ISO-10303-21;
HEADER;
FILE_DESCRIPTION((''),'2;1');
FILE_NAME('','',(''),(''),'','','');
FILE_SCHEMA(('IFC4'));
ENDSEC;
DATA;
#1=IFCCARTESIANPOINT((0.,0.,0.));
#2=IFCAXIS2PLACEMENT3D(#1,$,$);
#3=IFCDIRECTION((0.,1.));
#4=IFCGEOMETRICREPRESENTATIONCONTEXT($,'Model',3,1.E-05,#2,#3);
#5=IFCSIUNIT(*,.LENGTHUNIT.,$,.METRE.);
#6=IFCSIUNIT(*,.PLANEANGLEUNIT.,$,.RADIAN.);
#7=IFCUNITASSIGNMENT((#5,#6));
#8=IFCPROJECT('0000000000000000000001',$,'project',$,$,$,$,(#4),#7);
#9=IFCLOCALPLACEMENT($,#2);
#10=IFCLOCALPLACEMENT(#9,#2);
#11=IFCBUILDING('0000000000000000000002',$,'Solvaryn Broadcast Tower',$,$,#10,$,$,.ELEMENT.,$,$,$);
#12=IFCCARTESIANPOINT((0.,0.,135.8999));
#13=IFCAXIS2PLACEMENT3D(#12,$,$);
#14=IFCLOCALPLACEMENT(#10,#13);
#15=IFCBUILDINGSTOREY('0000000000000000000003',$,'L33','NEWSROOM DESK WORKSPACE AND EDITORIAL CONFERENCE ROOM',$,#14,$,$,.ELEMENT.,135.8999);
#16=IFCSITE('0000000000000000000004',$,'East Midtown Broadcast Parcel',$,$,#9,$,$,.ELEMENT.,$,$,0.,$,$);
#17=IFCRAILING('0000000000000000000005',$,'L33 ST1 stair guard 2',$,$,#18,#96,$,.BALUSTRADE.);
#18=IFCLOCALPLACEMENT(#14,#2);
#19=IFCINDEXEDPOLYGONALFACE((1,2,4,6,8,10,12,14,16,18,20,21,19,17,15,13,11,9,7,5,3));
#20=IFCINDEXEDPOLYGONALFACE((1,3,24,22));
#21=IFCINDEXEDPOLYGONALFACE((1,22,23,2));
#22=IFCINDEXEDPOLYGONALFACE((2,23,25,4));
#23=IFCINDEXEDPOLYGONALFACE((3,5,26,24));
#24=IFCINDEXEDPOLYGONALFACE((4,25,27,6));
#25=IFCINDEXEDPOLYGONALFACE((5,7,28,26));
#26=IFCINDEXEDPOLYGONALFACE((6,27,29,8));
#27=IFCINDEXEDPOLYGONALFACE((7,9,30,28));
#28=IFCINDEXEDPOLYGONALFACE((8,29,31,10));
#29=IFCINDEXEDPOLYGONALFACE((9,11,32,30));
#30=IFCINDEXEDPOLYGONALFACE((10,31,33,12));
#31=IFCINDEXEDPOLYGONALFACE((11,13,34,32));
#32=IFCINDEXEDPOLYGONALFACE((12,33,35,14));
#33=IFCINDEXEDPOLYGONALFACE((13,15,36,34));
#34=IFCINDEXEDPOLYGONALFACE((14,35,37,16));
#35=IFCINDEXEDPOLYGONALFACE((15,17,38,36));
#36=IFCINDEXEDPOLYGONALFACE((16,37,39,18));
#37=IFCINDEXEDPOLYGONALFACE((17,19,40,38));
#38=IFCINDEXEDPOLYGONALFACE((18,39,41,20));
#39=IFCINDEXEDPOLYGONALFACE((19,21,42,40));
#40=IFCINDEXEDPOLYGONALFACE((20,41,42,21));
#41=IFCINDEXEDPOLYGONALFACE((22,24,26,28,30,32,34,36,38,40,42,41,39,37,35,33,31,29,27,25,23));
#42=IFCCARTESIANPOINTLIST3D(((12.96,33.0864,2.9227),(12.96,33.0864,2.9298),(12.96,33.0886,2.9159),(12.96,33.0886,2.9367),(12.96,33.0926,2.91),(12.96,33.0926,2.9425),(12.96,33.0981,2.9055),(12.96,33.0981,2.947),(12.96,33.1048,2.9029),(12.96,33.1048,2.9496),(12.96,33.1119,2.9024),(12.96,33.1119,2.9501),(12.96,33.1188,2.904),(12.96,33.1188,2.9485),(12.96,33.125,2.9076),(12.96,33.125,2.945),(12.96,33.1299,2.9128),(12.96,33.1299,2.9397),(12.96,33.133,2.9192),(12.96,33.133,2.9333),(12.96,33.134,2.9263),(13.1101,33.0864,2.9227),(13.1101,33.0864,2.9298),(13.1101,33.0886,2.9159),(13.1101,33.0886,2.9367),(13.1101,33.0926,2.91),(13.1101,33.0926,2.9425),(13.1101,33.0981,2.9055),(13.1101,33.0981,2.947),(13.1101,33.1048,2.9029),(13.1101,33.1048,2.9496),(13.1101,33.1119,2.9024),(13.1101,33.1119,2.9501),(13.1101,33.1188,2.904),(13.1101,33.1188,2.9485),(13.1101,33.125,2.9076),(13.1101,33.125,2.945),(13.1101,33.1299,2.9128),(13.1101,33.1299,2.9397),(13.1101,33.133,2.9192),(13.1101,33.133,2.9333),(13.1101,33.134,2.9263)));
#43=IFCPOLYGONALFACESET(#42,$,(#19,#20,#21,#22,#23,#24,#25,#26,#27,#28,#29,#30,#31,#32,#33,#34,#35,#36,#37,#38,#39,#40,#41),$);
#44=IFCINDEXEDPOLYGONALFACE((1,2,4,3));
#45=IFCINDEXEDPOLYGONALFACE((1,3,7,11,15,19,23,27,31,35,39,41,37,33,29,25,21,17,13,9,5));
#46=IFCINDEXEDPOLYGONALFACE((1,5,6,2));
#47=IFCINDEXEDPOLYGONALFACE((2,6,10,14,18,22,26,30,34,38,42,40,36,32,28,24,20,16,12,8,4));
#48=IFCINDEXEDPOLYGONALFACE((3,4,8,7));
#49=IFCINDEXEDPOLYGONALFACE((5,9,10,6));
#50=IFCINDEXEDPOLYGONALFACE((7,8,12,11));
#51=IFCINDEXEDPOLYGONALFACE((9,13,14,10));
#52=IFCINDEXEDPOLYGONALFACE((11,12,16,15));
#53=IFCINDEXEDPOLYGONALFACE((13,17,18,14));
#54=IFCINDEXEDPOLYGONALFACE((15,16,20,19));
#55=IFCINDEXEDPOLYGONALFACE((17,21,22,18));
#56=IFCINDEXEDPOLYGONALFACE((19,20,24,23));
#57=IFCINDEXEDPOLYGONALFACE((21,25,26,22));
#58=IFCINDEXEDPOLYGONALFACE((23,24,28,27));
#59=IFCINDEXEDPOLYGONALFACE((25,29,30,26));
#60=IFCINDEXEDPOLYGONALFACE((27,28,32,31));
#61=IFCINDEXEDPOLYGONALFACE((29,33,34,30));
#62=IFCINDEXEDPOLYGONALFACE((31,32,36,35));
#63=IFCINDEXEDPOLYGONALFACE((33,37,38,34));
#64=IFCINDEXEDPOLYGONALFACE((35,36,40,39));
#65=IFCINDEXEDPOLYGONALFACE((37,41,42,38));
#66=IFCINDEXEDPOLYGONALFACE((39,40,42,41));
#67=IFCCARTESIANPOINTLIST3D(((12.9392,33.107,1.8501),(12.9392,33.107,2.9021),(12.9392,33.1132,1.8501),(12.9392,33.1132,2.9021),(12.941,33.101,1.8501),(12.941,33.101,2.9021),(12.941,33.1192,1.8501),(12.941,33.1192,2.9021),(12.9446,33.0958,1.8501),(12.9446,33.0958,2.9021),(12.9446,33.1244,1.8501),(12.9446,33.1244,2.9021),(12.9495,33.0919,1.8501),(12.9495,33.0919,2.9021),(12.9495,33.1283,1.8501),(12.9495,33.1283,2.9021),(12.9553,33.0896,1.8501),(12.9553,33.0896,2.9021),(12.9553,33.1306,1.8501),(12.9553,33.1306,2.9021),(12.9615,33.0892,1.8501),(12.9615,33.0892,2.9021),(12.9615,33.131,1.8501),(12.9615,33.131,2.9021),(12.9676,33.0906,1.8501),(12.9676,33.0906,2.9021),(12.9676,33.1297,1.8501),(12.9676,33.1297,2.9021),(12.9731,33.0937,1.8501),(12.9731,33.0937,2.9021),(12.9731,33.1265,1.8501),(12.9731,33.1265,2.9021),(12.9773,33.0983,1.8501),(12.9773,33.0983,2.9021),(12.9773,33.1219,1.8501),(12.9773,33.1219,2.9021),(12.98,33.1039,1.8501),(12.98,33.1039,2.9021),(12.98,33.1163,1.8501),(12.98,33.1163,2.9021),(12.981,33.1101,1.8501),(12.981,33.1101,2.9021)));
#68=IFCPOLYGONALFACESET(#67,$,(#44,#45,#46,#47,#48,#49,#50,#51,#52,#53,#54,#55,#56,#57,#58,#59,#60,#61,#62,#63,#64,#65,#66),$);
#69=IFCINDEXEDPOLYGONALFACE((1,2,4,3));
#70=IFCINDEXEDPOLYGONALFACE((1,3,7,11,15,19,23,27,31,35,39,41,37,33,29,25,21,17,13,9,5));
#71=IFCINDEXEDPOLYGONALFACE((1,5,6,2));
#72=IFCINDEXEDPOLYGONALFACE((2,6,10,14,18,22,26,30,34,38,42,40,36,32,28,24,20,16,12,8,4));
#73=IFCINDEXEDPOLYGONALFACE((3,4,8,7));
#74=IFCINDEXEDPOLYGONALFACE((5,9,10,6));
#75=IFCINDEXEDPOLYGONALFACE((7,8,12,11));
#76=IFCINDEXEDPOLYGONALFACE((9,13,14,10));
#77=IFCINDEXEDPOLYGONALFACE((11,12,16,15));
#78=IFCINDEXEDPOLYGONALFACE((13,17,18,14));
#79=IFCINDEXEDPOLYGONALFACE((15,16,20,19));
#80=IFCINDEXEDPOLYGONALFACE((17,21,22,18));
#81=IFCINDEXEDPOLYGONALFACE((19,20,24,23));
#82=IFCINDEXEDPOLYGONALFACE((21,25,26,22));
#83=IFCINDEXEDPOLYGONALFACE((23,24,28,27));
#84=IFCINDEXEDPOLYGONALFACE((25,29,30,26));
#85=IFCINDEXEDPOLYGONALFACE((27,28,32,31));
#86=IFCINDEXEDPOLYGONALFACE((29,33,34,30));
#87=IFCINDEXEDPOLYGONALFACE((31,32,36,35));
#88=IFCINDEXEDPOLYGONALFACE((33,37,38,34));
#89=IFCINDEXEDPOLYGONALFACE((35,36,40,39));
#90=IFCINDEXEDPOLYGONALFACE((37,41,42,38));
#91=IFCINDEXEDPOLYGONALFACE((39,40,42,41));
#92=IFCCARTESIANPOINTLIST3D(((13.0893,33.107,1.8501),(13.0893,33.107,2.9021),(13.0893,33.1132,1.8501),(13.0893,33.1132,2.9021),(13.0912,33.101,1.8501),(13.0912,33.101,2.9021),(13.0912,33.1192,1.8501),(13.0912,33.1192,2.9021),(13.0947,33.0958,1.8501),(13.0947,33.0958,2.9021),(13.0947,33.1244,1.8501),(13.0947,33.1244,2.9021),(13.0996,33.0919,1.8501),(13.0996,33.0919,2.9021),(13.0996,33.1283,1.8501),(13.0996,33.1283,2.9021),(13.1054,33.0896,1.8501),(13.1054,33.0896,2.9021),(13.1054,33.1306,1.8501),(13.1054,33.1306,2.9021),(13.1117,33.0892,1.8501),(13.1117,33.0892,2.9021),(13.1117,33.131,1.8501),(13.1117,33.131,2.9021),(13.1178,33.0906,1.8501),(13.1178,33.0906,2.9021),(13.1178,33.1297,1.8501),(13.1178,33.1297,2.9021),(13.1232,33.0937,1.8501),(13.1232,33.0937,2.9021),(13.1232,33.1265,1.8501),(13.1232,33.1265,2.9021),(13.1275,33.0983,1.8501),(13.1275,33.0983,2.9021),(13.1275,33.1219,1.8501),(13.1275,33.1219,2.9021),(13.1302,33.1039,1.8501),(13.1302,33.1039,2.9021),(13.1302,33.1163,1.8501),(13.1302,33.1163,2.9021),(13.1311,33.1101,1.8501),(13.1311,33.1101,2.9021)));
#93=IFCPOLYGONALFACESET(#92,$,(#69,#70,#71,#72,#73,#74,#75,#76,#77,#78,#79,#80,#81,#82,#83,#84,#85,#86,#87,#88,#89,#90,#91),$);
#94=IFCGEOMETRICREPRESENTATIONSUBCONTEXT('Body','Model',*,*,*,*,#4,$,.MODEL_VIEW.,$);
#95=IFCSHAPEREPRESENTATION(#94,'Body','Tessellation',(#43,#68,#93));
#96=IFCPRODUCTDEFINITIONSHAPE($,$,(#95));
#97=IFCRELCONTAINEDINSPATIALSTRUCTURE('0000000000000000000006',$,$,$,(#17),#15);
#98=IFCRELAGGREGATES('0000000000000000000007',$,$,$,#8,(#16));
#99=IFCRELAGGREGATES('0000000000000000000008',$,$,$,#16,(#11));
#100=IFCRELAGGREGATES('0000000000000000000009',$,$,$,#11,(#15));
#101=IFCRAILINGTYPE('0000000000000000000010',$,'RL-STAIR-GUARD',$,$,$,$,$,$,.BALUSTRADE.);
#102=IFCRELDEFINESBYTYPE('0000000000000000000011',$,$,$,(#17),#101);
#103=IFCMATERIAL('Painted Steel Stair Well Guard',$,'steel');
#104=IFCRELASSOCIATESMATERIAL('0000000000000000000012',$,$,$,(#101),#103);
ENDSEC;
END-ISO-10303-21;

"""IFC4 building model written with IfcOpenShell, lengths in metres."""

from ifc_helpers import new_model, si_unit, direction, frame, origin, origin_2d, place, context, subcontext, project, spatial, circle, extrude, material, type_object, element, save


model = new_model("IFC4")

# Units and contexts
model_context = context("Model", 3, precision=1e-05, world=origin(), true_north=direction((0.0, 1.0)))
body_context = subcontext(model_context, "Body", "Model", "MODEL_VIEW")
ifc_project = project(units=[si_unit("LENGTHUNIT", "METRE"), si_unit("PLANEANGLEUNIT", "RADIAN")], contexts=[model_context])

# Site, building, storey
site_placement = place(None, origin())
site = spatial("IfcSite", under=ifc_project, at=site_placement, Name="East Midtown Broadcast Parcel", CompositionType="ELEMENT", RefElevation=0.0)
building_placement = place(site_placement, origin())
building = spatial("IfcBuilding", under=site, at=building_placement, Name="Solvaryn Broadcast Tower", CompositionType="ELEMENT")
storey_placement = place(building_placement, frame((0.0, 0.0, 135.8999)))
storey = spatial("IfcBuildingStorey", under=building, at=storey_placement, Name="L33", Description="NEWSROOM DESK WORKSPACE AND EDITORIAL CONFERENCE ROOM", CompositionType="ELEMENT", Elevation=135.8999)

# Railing
ifc_material_1 = material(Name="Painted Steel Stair Well Guard", Category="steel")
railing_type_1 = type_object("IfcRailingType", Name="RL-STAIR-GUARD", PredefinedType="BALUSTRADE", material=ifc_material_1)
railing_1_placement = place(storey_placement, frame((12.96, 33.1101, 1.8501)))
element("IfcRailing", 1, at=railing_1_placement, inside=storey, type_object=railing_type_1, Name="L33 ST1 stair guard 2", PredefinedType="BALUSTRADE", context=body_context, shape_type="SweptSolid", body=[
    extrude(circle(Radius=0.0239, at=origin_2d()), frame((0.0, 0.0, 1.0762), z_axis=(1.0, 0.0, 0.0), x_axis=(0.0, 1.0, 0.0)), (0.0, 0.0, 1.0), 0.1501),
    extrude(circle(Radius=0.021, at=origin_2d()), origin(), (0.0, 0.0, 1.0), 1.052),
    extrude(circle(Radius=0.021, at=origin_2d()), frame((0.1501, 0.0, 0.0)), (0.0, 0.0, 1.0), 1.052),
])

save(model, "model.ifc")
